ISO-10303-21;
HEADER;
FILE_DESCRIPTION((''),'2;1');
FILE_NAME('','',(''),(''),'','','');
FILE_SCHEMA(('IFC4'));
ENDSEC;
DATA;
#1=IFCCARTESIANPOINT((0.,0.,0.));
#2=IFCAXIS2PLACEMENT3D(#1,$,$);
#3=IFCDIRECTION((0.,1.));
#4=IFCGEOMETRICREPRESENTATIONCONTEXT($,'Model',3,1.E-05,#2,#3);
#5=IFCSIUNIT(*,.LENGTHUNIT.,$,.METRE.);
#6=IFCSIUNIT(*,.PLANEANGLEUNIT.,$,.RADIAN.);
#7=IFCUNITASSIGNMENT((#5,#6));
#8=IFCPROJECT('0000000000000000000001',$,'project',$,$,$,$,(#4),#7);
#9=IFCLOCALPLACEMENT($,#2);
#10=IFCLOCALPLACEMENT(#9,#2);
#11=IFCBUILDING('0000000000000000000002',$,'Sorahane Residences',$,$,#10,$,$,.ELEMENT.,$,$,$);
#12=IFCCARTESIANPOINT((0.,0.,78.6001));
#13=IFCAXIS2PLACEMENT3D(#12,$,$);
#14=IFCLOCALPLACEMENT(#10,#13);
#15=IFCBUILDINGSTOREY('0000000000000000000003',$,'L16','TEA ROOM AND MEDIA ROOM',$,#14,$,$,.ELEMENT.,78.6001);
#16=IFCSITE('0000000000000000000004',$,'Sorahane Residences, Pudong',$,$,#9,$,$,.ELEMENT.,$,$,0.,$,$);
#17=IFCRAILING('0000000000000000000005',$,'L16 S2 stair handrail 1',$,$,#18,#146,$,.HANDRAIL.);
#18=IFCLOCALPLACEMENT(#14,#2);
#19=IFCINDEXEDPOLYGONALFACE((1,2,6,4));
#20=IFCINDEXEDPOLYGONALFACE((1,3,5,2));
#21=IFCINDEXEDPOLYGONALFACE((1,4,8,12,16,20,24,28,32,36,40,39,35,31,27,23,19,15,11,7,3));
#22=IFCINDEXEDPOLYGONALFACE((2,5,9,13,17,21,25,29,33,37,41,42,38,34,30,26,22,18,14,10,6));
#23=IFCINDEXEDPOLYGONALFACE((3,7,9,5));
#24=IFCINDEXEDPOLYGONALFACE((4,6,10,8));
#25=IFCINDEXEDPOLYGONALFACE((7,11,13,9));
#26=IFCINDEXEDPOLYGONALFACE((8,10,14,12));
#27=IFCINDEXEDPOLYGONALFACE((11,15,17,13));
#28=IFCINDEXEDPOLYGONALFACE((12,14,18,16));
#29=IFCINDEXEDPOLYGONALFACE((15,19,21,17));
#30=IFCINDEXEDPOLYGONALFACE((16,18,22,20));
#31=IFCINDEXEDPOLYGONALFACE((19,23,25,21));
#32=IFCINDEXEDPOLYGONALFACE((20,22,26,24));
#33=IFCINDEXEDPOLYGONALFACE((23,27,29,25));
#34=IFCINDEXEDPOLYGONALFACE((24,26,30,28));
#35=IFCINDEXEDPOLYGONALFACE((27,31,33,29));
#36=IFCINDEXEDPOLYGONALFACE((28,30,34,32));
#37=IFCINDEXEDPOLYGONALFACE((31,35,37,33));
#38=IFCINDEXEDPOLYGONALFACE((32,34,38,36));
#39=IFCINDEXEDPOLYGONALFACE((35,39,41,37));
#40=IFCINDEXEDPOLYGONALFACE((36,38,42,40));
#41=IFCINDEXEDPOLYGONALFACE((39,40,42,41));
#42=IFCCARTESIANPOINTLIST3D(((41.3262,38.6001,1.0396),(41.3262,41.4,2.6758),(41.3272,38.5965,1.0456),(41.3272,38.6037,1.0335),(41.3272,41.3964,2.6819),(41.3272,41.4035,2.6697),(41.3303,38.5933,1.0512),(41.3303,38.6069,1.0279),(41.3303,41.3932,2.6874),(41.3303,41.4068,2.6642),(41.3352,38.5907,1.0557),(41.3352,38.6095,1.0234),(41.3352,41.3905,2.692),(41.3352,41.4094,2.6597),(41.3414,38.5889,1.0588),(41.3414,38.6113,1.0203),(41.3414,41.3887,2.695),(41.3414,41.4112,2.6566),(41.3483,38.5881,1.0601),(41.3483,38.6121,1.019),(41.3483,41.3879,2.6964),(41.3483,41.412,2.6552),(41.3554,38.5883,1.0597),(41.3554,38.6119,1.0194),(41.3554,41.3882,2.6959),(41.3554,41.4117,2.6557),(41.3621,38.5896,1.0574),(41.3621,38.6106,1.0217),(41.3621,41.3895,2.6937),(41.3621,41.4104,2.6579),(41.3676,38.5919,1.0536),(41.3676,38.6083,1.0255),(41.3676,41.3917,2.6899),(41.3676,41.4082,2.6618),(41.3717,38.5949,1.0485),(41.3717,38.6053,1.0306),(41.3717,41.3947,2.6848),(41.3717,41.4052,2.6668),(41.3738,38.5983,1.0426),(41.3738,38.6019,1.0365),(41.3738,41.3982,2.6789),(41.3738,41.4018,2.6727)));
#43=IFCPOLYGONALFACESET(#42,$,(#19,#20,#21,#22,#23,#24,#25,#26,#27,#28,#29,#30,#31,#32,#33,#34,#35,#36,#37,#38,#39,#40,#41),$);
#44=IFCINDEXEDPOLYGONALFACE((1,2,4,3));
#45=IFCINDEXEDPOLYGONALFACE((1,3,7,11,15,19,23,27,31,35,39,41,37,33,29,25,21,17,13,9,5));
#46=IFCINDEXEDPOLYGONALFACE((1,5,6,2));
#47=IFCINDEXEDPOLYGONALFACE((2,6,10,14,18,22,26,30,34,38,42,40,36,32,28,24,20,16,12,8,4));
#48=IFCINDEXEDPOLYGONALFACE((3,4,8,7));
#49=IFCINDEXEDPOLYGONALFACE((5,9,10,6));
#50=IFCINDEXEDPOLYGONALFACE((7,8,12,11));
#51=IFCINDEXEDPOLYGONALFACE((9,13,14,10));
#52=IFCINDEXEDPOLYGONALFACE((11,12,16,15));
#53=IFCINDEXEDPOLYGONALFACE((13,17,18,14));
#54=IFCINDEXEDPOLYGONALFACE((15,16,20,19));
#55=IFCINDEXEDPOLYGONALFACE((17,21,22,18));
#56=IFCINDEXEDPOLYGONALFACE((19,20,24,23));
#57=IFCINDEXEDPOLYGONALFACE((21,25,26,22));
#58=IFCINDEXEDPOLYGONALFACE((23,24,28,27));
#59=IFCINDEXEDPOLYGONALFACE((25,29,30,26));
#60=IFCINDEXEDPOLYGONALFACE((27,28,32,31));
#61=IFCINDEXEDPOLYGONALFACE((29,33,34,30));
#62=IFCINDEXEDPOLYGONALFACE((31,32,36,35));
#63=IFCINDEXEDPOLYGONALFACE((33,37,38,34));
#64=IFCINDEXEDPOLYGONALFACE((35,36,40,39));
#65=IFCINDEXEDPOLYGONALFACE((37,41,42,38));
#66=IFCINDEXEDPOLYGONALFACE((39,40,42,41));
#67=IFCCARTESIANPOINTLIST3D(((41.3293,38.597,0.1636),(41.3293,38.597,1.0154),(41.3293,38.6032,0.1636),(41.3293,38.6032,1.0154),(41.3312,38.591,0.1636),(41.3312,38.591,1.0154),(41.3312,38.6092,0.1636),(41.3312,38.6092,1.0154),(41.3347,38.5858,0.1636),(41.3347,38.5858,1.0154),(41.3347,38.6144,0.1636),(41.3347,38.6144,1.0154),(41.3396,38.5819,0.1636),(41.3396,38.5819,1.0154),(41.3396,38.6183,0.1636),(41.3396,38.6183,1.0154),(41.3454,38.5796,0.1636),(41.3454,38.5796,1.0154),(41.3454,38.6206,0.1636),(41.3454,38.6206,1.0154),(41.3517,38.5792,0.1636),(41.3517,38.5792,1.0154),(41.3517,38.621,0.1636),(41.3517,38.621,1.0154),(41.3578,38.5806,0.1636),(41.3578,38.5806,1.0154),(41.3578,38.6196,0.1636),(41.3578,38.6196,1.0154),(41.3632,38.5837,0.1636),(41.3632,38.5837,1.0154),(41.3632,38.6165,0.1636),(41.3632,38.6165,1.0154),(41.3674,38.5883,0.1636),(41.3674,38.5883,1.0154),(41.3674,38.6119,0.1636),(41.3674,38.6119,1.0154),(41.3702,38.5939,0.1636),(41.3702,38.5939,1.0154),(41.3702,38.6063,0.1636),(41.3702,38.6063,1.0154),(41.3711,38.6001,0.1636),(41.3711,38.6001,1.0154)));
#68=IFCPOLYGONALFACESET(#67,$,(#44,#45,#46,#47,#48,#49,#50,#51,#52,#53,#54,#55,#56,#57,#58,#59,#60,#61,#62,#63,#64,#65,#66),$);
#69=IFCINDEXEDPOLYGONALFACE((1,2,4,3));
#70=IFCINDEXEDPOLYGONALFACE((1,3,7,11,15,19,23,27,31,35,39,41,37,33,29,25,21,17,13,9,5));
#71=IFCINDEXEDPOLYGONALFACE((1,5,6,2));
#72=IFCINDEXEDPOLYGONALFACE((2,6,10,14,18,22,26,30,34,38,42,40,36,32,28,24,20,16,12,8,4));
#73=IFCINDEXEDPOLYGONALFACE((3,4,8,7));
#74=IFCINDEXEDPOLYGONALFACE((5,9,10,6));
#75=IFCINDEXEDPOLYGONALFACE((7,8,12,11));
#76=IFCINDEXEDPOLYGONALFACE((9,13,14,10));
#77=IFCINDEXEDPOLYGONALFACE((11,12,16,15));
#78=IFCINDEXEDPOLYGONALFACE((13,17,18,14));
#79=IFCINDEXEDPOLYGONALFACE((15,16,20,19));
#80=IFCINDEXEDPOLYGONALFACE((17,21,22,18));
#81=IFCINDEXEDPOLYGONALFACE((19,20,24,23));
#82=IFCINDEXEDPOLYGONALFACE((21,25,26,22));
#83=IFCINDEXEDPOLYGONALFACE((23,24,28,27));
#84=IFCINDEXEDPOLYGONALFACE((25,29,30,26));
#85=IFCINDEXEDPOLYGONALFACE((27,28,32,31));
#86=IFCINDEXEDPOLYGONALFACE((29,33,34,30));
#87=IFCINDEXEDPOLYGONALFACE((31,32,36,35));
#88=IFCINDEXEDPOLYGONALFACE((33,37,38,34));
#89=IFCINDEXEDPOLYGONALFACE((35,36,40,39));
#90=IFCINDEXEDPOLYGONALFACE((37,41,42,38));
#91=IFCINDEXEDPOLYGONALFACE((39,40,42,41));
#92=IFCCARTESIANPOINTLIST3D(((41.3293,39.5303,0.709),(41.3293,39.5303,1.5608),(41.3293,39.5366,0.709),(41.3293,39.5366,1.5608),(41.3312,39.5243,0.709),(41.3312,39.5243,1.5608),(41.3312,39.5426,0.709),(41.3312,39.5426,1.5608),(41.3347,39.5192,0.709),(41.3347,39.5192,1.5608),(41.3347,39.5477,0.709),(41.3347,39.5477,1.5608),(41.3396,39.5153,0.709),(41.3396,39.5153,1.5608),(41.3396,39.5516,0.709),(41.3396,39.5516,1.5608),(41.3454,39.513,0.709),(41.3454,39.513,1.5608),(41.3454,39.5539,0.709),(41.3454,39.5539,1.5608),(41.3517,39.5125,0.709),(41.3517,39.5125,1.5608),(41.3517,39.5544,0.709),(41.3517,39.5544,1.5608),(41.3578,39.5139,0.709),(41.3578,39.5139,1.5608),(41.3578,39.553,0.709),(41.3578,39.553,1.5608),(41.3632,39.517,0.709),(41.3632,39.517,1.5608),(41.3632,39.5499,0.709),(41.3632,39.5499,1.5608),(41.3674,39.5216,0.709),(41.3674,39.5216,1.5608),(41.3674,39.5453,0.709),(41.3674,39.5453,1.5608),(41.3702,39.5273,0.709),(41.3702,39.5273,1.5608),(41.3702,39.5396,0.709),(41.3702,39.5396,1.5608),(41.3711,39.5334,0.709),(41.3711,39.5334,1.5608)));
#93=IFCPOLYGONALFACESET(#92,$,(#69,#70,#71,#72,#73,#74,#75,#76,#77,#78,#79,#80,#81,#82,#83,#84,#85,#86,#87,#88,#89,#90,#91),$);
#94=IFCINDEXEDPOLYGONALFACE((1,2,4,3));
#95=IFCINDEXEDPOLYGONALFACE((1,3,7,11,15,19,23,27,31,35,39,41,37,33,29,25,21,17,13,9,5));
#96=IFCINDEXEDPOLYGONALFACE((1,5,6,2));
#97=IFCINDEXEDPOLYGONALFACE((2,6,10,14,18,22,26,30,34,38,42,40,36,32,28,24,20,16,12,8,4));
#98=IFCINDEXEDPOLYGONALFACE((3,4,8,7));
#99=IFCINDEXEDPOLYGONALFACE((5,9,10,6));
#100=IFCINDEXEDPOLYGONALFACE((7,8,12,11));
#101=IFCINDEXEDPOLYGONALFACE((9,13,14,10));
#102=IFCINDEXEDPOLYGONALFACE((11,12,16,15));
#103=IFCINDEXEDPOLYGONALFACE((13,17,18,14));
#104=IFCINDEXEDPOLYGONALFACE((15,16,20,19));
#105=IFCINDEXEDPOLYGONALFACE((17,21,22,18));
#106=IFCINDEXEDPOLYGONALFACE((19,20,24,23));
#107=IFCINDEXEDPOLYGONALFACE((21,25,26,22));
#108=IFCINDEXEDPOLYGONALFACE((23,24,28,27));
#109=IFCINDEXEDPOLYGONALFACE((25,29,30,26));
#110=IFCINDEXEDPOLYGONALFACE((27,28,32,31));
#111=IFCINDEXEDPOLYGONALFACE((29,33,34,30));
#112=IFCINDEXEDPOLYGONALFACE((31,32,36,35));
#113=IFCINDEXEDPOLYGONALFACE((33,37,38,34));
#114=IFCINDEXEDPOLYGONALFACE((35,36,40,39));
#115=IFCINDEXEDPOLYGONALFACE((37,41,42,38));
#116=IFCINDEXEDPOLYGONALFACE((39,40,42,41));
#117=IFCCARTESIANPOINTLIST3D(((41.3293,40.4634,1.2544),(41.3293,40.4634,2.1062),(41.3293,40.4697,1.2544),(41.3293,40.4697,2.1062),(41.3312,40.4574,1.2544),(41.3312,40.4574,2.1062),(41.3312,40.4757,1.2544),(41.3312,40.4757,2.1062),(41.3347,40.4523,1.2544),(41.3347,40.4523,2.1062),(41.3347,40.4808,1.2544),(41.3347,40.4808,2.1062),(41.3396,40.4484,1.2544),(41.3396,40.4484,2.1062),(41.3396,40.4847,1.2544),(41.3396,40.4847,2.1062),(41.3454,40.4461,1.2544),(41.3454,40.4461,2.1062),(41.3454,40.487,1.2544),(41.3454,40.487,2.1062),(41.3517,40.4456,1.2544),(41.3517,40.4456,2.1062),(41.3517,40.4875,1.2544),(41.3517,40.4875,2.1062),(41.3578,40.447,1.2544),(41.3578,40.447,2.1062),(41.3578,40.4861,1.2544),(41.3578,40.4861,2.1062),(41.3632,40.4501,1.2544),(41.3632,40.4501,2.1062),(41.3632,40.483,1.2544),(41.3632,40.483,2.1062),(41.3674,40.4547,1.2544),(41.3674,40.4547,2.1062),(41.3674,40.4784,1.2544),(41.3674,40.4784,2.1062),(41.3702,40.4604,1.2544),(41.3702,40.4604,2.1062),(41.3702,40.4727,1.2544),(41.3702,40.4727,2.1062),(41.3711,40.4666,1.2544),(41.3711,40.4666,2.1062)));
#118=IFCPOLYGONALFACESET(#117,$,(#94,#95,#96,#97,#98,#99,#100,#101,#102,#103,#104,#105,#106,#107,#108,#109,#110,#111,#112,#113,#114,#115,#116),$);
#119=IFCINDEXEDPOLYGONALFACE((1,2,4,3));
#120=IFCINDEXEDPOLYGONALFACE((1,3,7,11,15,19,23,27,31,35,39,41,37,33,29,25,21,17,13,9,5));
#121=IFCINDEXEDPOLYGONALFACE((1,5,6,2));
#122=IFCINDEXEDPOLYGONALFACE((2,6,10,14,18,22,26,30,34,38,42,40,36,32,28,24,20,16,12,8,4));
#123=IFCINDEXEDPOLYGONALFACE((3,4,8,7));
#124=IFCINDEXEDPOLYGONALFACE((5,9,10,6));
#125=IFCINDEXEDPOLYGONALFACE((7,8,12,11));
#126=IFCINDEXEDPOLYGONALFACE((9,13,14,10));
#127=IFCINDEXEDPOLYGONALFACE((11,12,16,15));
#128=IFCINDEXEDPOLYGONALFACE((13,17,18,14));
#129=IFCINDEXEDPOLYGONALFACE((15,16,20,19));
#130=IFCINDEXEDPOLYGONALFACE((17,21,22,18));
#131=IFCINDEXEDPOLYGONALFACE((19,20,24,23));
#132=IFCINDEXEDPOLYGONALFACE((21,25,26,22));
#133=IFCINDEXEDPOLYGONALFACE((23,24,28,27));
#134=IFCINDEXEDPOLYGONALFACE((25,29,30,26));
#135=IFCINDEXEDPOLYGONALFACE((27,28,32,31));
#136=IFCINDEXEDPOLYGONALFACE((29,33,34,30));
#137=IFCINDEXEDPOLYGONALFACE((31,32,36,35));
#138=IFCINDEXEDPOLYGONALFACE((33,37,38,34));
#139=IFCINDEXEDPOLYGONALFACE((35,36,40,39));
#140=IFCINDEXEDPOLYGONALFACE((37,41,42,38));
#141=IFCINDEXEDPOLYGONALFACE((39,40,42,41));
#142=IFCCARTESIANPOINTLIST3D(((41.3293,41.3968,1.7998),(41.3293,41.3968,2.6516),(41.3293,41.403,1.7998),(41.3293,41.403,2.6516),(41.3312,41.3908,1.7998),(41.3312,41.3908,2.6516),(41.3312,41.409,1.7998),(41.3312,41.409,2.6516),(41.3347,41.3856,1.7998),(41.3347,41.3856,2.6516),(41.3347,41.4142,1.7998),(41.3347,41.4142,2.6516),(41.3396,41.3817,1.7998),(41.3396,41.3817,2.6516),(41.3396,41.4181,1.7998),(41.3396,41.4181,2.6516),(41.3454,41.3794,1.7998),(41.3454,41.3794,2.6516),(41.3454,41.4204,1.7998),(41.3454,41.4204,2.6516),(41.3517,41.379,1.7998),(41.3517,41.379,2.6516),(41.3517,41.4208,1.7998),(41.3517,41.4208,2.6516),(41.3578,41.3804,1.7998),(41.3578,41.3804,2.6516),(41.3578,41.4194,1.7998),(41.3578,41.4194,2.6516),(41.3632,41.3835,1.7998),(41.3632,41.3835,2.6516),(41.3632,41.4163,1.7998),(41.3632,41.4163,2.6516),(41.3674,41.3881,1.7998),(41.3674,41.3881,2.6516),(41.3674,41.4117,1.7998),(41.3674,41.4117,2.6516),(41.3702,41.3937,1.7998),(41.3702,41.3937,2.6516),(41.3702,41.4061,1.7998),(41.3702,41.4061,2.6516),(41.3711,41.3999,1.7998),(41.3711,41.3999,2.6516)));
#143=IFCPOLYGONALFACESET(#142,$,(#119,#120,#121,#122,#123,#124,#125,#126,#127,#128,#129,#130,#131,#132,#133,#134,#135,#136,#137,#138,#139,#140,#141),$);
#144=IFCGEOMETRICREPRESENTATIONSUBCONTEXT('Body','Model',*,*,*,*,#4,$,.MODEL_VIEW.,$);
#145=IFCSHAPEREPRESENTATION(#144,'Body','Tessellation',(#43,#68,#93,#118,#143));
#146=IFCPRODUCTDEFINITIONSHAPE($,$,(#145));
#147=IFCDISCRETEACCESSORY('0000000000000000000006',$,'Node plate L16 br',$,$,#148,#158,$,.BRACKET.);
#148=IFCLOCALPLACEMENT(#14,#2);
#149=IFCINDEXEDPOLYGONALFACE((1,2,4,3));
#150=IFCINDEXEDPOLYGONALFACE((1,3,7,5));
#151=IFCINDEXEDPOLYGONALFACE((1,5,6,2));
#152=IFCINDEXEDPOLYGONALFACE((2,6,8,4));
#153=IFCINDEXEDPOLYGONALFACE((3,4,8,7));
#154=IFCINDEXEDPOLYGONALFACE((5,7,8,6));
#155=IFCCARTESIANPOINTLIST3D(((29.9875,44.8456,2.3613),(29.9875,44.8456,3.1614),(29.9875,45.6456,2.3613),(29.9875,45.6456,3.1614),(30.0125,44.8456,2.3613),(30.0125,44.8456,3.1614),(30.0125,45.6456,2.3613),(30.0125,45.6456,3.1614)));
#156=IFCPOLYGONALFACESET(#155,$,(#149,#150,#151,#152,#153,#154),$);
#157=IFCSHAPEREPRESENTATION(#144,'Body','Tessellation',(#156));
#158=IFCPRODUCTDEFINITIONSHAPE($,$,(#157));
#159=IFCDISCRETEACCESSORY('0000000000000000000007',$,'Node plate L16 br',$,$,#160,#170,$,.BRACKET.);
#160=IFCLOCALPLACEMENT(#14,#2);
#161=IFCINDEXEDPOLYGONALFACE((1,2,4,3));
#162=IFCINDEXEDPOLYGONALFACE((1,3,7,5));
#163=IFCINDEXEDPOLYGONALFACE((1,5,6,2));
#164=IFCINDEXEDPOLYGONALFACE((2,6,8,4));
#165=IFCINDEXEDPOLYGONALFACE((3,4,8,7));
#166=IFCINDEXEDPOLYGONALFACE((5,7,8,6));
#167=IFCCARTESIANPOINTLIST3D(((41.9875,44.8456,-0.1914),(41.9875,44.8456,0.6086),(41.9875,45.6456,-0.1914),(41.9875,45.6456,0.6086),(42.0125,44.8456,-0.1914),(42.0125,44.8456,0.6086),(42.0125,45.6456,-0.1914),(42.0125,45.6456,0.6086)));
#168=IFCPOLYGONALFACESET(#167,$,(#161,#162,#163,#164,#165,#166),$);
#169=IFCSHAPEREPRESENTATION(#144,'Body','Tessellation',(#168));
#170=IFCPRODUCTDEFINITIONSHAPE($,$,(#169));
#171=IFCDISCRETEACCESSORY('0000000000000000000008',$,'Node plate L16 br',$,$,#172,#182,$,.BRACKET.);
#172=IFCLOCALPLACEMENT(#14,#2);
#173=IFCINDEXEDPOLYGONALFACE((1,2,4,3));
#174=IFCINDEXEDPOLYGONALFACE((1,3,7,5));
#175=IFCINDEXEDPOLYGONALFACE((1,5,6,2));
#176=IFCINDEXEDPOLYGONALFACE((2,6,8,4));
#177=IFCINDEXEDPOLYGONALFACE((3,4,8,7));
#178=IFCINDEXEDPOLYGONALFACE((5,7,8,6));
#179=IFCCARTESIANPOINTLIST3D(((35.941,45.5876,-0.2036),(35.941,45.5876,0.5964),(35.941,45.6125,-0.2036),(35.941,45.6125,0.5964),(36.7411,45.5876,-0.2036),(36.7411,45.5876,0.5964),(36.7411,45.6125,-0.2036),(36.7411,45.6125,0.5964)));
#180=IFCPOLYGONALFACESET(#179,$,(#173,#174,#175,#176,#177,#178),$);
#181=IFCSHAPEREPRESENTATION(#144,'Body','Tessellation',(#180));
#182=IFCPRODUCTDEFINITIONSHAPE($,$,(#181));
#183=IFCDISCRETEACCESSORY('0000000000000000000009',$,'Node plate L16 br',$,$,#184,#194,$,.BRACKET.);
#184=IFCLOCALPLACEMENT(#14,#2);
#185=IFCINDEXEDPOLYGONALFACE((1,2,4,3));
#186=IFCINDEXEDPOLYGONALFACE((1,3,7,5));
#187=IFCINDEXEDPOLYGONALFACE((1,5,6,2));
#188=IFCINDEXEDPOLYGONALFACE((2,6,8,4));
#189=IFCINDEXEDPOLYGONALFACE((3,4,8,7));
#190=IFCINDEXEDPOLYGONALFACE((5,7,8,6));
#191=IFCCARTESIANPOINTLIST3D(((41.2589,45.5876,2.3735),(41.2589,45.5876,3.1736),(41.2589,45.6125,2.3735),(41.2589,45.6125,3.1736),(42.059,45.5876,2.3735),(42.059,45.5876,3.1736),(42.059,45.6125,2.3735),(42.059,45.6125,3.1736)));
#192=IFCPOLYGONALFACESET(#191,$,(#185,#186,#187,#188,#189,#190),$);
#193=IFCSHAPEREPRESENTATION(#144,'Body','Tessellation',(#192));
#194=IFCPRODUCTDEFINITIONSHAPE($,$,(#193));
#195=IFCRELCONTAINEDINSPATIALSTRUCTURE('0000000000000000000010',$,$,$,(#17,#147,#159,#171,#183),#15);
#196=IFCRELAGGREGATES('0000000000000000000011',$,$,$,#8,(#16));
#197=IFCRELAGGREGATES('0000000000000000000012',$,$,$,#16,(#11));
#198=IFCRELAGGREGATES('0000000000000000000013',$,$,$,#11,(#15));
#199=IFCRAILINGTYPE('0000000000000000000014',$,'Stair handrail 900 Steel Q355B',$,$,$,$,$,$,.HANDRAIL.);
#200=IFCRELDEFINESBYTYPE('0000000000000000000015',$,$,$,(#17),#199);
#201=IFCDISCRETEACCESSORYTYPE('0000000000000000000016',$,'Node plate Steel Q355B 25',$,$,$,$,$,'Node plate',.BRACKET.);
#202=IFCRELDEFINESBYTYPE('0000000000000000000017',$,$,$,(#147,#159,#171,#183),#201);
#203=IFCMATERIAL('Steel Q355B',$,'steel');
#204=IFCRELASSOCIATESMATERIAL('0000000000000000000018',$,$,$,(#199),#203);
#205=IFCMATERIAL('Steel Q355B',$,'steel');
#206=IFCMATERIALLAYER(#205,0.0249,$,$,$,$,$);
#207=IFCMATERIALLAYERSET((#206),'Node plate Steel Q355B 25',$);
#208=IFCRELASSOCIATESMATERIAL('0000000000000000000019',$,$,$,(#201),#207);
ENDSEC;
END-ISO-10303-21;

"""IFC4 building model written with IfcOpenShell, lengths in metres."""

from ifc_helpers import new_model, si_unit, direction, frame, origin, origin_2d, place, context, subcontext, project, spatial, rectangle, circle, extrude, material, layer, layer_set, type_object, element, save


model = new_model("IFC4")

# Units and contexts
model_context = context("Model", 3, precision=1e-05, world=origin(), true_north=direction((0.0, 1.0)))
body_context = subcontext(model_context, "Body", "Model", "MODEL_VIEW")
ifc_project = project(units=[si_unit("LENGTHUNIT", "METRE"), si_unit("PLANEANGLEUNIT", "RADIAN")], contexts=[model_context])

# Site, building, storey
site_placement = place(None, origin())
site = spatial("IfcSite", under=ifc_project, at=site_placement, Name="Sorahane Residences, Pudong", CompositionType="ELEMENT", RefElevation=0.0)
building_placement = place(site_placement, origin())
building = spatial("IfcBuilding", under=site, at=building_placement, Name="Sorahane Residences", CompositionType="ELEMENT")
storey_placement = place(building_placement, frame((0.0, 0.0, 78.6001)))
storey = spatial("IfcBuildingStorey", under=building, at=storey_placement, Name="L16", Description="TEA ROOM AND MEDIA ROOM", CompositionType="ELEMENT", Elevation=78.6001)

# Railing
ifc_material_1 = material(Name="Steel Q355B", Category="steel")
railing_type = type_object("IfcRailingType", Name="Stair handrail 900 Steel Q355B", PredefinedType="HANDRAIL", material=ifc_material_1)
railing_placement = place(storey_placement, frame((41.3501, 38.6001, 0.1636)))
element("IfcRailing", 1, at=railing_placement, inside=storey, type_object=railing_type, Name="L16 S2 stair handrail 1", PredefinedType="HANDRAIL", context=body_context, shape_type="SweptSolid", body=[
    extrude(circle(Radius=0.0239, at=origin_2d()), frame((0.0, 0.0, 0.876), z_axis=(0.0, 0.863374, 0.504564), x_axis=(-1.0, 0.0, 0.0)), (0.0, 0.0, 1.0), 3.2429),
    extrude(circle(Radius=0.021, at=origin_2d()), origin(), (0.0, 0.0, 1.0), 0.8518),
    extrude(circle(Radius=0.021, at=origin_2d()), frame((0.0, 0.9333, 0.5454)), (0.0, 0.0, 1.0), 0.8518),
    extrude(circle(Radius=0.021, at=origin_2d()), frame((0.0, 1.8665, 1.0908)), (0.0, 0.0, 1.0), 0.8518),
    extrude(circle(Radius=0.021, at=origin_2d()), frame((0.0, 2.7998, 1.6362)), (0.0, 0.0, 1.0), 0.8518),
])

# Discrete accessories
ifc_material_2 = material(Name="Steel Q355B", Category="steel")
ifc_layer_1 = layer(ifc_material_2, 0.0249)
ifc_layer_set_1 = layer_set([ifc_layer_1], Name="Node plate Steel Q355B 25")
discrete_accessory_type = type_object("IfcDiscreteAccessoryType", Name="Node plate Steel Q355B 25", ElementType="Node plate", PredefinedType="BRACKET", material=ifc_layer_set_1)
for number, where, z_axis, x_axis, name in (
    (2, (30.0, 45.2456, 2.3613), (0.0, 0.0, 1.0), (0.0, 1.0, 0.0), "Node plate L16 br"),
    (3, (42.0, 45.2456, -0.1914), (0.0, 0.0, 1.0), (0.0, 1.0, 0.0), "Node plate L16 br"),
    (4, (36.3411, 45.6001, -0.2036), (0.0, 0.0, 1.0), (1.0, 0.0, 0.0), "Node plate L16 br"),
    (5, (41.6589, 45.6001, 2.3735), (0.0, 0.0, 1.0), (1.0, 0.0, 0.0), "Node plate L16 br"),
):
    element("IfcDiscreteAccessory", number, at=place(storey_placement, frame(where, z_axis=z_axis, x_axis=x_axis)), inside=storey, type_object=discrete_accessory_type, Name=name, PredefinedType="BRACKET", context=body_context, shape_type="SweptSolid", body=[
        extrude(rectangle(XDim=0.8, YDim=0.0249, at=origin_2d()), origin(), (0.0, 0.0, 1.0), 0.8),
    ])

save(model, "model.ifc")
